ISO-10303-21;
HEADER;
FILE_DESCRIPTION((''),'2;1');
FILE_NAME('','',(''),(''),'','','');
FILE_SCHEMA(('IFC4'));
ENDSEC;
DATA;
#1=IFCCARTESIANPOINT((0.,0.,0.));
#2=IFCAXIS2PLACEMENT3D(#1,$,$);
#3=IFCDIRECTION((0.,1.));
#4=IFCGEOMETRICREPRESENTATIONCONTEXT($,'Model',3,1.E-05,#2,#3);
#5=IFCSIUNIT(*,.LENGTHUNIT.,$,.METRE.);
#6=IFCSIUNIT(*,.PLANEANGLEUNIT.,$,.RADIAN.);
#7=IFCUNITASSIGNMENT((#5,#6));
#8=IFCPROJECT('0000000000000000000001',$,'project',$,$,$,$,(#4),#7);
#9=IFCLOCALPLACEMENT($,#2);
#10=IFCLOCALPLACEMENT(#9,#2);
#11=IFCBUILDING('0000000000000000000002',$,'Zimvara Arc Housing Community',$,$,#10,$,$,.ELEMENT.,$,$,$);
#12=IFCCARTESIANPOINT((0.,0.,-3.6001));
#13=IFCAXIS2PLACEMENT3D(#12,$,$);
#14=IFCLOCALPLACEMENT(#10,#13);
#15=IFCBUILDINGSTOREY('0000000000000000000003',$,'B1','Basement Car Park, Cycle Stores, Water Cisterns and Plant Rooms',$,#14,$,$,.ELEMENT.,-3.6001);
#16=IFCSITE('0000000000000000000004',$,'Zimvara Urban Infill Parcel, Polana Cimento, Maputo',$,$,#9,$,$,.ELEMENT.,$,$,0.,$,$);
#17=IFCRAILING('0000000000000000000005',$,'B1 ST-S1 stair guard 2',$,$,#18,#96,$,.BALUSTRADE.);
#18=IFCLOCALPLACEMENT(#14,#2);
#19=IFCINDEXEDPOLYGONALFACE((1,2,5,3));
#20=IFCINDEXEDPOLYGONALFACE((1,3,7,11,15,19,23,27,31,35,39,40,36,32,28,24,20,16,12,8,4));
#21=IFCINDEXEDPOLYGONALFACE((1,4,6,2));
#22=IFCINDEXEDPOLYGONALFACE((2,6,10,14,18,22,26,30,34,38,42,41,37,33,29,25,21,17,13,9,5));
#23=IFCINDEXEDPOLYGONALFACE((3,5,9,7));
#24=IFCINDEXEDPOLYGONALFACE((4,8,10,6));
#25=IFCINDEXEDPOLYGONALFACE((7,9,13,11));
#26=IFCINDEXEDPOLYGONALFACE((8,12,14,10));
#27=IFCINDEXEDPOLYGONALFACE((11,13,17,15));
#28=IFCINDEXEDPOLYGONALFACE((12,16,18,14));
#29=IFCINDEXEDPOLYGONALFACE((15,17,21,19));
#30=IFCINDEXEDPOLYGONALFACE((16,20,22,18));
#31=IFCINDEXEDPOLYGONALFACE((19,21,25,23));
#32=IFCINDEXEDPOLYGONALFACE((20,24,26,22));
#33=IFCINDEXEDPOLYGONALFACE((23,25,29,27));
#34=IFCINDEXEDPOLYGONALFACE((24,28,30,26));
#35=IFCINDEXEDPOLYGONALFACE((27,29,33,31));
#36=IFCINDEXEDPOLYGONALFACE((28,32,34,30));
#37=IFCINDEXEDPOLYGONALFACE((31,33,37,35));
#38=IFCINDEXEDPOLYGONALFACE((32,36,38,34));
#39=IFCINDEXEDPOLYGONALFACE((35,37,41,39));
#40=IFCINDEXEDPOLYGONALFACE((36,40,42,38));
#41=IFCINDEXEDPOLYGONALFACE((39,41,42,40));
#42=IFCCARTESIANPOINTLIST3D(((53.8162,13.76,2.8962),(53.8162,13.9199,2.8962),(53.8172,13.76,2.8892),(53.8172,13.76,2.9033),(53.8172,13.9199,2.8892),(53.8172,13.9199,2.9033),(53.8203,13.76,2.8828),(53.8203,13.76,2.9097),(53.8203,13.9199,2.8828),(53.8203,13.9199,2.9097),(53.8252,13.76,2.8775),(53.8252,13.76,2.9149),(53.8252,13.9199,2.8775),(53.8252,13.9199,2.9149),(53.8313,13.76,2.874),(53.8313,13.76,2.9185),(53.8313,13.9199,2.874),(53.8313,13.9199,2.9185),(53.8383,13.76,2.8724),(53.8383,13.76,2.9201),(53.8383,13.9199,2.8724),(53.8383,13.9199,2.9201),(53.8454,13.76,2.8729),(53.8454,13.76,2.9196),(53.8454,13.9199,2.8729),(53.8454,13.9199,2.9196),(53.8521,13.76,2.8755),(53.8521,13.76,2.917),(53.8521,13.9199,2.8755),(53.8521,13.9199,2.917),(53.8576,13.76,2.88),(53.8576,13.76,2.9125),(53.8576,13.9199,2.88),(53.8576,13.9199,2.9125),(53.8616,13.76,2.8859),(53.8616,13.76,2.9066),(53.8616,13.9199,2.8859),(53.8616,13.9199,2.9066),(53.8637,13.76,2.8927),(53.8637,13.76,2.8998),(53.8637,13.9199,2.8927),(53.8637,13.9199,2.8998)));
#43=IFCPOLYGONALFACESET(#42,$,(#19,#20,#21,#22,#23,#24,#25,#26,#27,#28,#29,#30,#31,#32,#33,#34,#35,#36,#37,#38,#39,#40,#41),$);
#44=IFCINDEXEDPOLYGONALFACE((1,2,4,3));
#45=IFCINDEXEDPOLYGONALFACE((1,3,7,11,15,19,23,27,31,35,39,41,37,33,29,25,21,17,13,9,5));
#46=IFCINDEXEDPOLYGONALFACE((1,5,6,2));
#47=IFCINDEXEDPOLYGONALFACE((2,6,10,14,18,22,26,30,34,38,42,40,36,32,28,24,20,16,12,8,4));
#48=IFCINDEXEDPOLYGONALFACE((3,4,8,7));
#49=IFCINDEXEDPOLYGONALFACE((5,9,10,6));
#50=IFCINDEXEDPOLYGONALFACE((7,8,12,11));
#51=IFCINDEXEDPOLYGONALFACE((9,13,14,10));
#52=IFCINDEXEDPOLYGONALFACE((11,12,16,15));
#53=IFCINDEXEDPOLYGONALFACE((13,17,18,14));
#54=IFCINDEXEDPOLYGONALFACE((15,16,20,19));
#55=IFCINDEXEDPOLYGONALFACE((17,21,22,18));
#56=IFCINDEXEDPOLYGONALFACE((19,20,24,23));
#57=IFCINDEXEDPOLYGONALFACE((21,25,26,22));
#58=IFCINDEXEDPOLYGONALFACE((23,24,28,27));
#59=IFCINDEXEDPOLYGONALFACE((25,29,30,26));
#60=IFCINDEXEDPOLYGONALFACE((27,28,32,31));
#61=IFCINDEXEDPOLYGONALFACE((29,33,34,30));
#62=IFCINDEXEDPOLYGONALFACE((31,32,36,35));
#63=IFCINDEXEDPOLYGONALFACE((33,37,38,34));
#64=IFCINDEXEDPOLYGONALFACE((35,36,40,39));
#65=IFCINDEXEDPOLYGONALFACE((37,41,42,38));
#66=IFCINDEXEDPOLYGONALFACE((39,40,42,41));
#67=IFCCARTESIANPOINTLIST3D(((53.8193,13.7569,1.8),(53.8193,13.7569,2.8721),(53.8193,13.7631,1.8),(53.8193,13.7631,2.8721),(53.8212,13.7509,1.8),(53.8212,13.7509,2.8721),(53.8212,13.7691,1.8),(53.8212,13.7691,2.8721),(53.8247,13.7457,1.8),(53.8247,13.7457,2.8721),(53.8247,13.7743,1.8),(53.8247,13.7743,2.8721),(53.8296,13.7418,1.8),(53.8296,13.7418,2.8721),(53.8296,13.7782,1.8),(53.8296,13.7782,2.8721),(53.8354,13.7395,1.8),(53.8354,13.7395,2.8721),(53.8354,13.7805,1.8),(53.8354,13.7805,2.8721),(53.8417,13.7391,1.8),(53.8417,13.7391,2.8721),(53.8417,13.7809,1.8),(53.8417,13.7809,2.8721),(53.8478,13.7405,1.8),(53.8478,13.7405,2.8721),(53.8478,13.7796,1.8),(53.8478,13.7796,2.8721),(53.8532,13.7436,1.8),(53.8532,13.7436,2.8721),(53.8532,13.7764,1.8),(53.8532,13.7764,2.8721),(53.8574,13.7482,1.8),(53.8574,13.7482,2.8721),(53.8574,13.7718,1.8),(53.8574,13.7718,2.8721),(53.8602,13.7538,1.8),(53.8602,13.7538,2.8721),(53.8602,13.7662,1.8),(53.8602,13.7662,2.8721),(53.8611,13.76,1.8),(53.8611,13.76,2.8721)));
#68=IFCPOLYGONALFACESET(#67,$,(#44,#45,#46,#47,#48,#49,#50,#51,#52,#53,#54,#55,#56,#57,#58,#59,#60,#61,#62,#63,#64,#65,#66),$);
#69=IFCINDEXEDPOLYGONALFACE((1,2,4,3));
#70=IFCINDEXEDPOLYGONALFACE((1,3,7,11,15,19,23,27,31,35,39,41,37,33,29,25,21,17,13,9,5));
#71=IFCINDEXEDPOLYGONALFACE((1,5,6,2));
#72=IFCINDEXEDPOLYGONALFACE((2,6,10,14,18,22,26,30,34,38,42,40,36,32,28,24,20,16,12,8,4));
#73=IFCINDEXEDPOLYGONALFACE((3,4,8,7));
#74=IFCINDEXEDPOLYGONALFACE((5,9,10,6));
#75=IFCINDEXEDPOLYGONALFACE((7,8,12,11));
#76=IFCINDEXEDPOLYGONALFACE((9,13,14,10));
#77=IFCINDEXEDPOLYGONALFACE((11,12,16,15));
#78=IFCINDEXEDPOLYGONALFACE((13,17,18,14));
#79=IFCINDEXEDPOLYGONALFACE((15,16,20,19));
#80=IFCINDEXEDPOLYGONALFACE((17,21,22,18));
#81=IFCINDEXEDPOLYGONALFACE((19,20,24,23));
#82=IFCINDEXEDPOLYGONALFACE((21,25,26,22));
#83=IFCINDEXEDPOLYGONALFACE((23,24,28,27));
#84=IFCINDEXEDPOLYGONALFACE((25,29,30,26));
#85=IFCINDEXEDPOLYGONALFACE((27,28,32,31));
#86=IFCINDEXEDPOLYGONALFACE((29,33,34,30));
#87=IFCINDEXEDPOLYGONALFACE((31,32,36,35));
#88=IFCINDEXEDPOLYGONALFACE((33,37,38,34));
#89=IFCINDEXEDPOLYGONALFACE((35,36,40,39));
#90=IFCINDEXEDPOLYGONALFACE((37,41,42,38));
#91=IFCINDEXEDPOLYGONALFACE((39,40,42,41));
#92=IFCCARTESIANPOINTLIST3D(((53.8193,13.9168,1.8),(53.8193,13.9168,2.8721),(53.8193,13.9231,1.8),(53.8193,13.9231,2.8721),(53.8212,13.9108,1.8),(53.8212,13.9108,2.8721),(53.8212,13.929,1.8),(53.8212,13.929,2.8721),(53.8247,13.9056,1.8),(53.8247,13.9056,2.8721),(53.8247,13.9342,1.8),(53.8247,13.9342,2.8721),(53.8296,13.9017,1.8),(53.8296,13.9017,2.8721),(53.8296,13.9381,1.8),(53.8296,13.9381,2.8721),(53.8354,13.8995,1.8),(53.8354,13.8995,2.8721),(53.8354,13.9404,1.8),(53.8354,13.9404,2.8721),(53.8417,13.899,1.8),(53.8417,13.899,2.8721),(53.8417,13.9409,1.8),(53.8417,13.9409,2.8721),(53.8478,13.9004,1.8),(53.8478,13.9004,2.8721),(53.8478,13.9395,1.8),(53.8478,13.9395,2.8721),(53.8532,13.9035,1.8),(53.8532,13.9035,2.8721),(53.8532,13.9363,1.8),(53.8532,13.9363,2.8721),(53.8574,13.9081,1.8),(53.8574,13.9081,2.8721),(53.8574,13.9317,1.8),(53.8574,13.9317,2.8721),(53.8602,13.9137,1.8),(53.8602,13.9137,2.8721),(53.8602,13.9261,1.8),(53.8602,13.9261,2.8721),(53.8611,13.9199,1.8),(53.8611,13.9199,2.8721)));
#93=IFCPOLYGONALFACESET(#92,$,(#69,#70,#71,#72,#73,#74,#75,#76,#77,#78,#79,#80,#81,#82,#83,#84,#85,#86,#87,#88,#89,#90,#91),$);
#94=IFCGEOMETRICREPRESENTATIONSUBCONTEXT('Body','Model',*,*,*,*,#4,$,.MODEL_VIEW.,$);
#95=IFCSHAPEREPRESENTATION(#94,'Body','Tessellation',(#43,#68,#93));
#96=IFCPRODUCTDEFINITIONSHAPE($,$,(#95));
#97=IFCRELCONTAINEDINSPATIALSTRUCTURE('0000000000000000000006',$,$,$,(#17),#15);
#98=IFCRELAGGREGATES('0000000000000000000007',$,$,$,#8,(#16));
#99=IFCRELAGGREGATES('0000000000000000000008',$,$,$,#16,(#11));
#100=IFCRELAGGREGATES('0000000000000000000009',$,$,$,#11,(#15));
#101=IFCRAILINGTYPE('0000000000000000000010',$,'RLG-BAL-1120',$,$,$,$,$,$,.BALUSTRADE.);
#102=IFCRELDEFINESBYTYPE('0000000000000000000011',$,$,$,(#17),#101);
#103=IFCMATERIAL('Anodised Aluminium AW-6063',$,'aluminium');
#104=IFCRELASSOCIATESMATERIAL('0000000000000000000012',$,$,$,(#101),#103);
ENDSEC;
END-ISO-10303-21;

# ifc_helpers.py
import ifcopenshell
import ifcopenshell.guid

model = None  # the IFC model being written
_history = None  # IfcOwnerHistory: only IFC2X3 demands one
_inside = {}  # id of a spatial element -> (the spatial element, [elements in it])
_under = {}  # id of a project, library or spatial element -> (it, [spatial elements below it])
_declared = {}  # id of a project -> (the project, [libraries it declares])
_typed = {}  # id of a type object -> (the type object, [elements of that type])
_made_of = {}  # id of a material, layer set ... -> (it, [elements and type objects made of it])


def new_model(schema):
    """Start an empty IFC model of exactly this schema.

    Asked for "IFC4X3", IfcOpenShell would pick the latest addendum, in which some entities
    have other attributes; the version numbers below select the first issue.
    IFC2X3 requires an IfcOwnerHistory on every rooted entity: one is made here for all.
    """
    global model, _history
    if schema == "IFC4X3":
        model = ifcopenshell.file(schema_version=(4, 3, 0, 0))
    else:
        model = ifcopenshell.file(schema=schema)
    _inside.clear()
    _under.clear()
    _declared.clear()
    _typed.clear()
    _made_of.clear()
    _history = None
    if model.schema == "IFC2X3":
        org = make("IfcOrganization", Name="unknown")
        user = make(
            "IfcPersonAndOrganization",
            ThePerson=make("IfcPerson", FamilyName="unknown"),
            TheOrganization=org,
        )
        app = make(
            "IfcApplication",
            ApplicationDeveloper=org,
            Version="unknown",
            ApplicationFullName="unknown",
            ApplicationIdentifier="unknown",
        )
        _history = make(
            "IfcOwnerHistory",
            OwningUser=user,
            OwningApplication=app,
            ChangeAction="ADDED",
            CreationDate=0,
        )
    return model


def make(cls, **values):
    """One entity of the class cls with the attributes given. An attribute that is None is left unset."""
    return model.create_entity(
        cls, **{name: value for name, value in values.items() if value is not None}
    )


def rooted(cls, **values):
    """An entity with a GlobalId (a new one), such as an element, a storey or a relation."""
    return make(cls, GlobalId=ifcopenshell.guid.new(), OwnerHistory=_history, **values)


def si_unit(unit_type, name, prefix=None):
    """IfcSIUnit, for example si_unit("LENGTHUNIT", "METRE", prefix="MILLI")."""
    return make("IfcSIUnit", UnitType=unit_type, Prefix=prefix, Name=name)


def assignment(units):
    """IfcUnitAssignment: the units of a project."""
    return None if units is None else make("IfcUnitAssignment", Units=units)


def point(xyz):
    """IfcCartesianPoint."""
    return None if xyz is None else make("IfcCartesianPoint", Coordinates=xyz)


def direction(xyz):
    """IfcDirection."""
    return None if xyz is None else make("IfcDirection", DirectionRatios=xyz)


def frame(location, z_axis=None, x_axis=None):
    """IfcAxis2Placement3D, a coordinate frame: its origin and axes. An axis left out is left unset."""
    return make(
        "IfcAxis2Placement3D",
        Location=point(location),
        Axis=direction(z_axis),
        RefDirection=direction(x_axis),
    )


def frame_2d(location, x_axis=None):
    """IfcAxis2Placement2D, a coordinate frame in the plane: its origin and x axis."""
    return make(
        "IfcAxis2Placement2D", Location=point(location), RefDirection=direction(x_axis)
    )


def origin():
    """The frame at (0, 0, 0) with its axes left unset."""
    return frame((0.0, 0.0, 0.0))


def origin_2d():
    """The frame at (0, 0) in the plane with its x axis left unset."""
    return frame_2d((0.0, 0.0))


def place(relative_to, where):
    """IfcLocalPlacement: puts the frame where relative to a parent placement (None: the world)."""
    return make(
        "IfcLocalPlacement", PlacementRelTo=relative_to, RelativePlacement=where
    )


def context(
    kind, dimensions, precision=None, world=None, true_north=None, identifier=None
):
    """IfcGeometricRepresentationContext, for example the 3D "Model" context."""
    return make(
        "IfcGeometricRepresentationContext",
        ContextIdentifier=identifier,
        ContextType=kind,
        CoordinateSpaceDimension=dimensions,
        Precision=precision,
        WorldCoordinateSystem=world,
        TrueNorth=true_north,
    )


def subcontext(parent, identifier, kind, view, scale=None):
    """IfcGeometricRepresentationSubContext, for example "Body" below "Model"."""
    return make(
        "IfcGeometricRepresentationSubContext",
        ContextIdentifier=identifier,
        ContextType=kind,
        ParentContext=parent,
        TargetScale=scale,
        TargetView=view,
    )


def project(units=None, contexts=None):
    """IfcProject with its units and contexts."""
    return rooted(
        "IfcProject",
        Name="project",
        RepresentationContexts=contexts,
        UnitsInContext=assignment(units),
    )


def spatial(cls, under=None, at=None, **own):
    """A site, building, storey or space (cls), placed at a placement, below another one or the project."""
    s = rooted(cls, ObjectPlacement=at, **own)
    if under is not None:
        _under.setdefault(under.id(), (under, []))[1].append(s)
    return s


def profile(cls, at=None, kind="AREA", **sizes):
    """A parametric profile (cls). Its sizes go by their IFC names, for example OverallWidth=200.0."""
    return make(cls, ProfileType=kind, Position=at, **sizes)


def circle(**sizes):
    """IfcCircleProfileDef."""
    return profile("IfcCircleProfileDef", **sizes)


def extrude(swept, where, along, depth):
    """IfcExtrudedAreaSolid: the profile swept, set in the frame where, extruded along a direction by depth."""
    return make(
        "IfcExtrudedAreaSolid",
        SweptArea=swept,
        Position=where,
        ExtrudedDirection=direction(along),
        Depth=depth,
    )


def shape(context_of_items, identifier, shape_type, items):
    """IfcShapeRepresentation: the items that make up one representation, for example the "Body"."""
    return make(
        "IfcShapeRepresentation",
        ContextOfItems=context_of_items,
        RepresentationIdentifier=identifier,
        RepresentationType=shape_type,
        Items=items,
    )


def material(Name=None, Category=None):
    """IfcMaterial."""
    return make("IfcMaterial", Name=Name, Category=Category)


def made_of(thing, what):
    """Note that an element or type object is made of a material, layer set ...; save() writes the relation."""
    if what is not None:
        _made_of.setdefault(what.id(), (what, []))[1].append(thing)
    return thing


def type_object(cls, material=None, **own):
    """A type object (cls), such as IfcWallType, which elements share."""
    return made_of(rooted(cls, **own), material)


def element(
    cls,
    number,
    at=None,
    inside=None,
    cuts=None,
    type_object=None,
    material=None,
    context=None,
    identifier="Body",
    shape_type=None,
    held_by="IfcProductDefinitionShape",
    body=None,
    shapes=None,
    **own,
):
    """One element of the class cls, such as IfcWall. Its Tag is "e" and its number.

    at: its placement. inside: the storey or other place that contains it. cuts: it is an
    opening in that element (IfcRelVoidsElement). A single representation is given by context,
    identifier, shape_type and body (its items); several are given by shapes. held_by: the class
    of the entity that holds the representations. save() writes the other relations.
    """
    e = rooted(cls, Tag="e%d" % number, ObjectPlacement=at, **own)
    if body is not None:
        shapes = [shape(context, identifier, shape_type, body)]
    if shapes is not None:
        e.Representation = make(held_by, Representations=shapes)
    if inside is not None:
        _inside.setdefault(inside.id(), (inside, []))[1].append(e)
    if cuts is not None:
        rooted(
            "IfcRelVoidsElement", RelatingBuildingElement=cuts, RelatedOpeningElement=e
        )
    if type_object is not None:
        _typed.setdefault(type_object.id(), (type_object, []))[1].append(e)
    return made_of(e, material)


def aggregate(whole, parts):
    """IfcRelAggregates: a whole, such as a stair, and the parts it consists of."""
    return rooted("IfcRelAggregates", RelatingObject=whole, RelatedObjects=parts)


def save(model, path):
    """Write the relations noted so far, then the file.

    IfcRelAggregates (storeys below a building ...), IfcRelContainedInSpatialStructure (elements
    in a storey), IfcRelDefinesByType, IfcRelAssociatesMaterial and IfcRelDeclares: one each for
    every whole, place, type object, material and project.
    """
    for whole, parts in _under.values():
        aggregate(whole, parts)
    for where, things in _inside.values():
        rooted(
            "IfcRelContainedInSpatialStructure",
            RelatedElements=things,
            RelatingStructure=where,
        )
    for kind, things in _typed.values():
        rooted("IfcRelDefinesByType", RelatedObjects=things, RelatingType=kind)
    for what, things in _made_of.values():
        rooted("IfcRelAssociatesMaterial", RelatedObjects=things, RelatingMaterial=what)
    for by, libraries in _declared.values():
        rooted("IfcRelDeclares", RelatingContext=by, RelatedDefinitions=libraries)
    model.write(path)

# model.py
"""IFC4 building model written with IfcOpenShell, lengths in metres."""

from ifc_helpers import new_model, si_unit, direction, frame, origin, origin_2d, place, context, subcontext, project, spatial, circle, extrude, material, type_object, element, save


model = new_model("IFC4")

# Units and contexts
model_context = context("Model", 3, precision=1e-05, world=origin(), true_north=direction((0.0, 1.0)))
body_context = subcontext(model_context, "Body", "Model", "MODEL_VIEW")
ifc_project = project(units=[si_unit("LENGTHUNIT", "METRE"), si_unit("PLANEANGLEUNIT", "RADIAN")], contexts=[model_context])

# Site, building, storey
site_placement = place(None, origin())
site = spatial("IfcSite", under=ifc_project, at=site_placement, Name="Zimvara Urban Infill Parcel, Polana Cimento, Maputo", CompositionType="ELEMENT", RefElevation=0.0)
building_placement = place(site_placement, origin())
building = spatial("IfcBuilding", under=site, at=building_placement, Name="Zimvara Arc Housing Community", CompositionType="ELEMENT")
storey_placement = place(building_placement, frame((0.0, 0.0, -3.6001)))
storey = spatial("IfcBuildingStorey", under=building, at=storey_placement, Name="B1", Description="Basement Car Park, Cycle Stores, Water Cisterns and Plant Rooms", CompositionType="ELEMENT", Elevation=-3.6001)

# Railing
ifc_material_1 = material(Name="Anodised Aluminium AW-6063", Category="aluminium")
railing_type_1 = type_object("IfcRailingType", Name="RLG-BAL-1120", PredefinedType="BALUSTRADE", material=ifc_material_1)
railing_1_placement = place(storey_placement, frame((53.8401, 13.76, 1.8)))
element("IfcRailing", 1, at=railing_1_placement, inside=storey, type_object=railing_type_1, Name="B1 ST-S1 stair guard 2", PredefinedType="BALUSTRADE", context=body_context, shape_type="SweptSolid", body=[
    extrude(circle(Radius=0.0239, at=origin_2d()), frame((0.0, 0.0, 1.0962), z_axis=(0.0, 1.0, 0.0), x_axis=(-1.0, 0.0, 0.0)), (0.0, 0.0, 1.0), 0.1599),
    extrude(circle(Radius=0.021, at=origin_2d()), origin(), (0.0, 0.0, 1.0), 1.072),
    extrude(circle(Radius=0.021, at=origin_2d()), frame((0.0, 0.1599, 0.0)), (0.0, 0.0, 1.0), 1.072),
])

save(model, "model.ifc")
